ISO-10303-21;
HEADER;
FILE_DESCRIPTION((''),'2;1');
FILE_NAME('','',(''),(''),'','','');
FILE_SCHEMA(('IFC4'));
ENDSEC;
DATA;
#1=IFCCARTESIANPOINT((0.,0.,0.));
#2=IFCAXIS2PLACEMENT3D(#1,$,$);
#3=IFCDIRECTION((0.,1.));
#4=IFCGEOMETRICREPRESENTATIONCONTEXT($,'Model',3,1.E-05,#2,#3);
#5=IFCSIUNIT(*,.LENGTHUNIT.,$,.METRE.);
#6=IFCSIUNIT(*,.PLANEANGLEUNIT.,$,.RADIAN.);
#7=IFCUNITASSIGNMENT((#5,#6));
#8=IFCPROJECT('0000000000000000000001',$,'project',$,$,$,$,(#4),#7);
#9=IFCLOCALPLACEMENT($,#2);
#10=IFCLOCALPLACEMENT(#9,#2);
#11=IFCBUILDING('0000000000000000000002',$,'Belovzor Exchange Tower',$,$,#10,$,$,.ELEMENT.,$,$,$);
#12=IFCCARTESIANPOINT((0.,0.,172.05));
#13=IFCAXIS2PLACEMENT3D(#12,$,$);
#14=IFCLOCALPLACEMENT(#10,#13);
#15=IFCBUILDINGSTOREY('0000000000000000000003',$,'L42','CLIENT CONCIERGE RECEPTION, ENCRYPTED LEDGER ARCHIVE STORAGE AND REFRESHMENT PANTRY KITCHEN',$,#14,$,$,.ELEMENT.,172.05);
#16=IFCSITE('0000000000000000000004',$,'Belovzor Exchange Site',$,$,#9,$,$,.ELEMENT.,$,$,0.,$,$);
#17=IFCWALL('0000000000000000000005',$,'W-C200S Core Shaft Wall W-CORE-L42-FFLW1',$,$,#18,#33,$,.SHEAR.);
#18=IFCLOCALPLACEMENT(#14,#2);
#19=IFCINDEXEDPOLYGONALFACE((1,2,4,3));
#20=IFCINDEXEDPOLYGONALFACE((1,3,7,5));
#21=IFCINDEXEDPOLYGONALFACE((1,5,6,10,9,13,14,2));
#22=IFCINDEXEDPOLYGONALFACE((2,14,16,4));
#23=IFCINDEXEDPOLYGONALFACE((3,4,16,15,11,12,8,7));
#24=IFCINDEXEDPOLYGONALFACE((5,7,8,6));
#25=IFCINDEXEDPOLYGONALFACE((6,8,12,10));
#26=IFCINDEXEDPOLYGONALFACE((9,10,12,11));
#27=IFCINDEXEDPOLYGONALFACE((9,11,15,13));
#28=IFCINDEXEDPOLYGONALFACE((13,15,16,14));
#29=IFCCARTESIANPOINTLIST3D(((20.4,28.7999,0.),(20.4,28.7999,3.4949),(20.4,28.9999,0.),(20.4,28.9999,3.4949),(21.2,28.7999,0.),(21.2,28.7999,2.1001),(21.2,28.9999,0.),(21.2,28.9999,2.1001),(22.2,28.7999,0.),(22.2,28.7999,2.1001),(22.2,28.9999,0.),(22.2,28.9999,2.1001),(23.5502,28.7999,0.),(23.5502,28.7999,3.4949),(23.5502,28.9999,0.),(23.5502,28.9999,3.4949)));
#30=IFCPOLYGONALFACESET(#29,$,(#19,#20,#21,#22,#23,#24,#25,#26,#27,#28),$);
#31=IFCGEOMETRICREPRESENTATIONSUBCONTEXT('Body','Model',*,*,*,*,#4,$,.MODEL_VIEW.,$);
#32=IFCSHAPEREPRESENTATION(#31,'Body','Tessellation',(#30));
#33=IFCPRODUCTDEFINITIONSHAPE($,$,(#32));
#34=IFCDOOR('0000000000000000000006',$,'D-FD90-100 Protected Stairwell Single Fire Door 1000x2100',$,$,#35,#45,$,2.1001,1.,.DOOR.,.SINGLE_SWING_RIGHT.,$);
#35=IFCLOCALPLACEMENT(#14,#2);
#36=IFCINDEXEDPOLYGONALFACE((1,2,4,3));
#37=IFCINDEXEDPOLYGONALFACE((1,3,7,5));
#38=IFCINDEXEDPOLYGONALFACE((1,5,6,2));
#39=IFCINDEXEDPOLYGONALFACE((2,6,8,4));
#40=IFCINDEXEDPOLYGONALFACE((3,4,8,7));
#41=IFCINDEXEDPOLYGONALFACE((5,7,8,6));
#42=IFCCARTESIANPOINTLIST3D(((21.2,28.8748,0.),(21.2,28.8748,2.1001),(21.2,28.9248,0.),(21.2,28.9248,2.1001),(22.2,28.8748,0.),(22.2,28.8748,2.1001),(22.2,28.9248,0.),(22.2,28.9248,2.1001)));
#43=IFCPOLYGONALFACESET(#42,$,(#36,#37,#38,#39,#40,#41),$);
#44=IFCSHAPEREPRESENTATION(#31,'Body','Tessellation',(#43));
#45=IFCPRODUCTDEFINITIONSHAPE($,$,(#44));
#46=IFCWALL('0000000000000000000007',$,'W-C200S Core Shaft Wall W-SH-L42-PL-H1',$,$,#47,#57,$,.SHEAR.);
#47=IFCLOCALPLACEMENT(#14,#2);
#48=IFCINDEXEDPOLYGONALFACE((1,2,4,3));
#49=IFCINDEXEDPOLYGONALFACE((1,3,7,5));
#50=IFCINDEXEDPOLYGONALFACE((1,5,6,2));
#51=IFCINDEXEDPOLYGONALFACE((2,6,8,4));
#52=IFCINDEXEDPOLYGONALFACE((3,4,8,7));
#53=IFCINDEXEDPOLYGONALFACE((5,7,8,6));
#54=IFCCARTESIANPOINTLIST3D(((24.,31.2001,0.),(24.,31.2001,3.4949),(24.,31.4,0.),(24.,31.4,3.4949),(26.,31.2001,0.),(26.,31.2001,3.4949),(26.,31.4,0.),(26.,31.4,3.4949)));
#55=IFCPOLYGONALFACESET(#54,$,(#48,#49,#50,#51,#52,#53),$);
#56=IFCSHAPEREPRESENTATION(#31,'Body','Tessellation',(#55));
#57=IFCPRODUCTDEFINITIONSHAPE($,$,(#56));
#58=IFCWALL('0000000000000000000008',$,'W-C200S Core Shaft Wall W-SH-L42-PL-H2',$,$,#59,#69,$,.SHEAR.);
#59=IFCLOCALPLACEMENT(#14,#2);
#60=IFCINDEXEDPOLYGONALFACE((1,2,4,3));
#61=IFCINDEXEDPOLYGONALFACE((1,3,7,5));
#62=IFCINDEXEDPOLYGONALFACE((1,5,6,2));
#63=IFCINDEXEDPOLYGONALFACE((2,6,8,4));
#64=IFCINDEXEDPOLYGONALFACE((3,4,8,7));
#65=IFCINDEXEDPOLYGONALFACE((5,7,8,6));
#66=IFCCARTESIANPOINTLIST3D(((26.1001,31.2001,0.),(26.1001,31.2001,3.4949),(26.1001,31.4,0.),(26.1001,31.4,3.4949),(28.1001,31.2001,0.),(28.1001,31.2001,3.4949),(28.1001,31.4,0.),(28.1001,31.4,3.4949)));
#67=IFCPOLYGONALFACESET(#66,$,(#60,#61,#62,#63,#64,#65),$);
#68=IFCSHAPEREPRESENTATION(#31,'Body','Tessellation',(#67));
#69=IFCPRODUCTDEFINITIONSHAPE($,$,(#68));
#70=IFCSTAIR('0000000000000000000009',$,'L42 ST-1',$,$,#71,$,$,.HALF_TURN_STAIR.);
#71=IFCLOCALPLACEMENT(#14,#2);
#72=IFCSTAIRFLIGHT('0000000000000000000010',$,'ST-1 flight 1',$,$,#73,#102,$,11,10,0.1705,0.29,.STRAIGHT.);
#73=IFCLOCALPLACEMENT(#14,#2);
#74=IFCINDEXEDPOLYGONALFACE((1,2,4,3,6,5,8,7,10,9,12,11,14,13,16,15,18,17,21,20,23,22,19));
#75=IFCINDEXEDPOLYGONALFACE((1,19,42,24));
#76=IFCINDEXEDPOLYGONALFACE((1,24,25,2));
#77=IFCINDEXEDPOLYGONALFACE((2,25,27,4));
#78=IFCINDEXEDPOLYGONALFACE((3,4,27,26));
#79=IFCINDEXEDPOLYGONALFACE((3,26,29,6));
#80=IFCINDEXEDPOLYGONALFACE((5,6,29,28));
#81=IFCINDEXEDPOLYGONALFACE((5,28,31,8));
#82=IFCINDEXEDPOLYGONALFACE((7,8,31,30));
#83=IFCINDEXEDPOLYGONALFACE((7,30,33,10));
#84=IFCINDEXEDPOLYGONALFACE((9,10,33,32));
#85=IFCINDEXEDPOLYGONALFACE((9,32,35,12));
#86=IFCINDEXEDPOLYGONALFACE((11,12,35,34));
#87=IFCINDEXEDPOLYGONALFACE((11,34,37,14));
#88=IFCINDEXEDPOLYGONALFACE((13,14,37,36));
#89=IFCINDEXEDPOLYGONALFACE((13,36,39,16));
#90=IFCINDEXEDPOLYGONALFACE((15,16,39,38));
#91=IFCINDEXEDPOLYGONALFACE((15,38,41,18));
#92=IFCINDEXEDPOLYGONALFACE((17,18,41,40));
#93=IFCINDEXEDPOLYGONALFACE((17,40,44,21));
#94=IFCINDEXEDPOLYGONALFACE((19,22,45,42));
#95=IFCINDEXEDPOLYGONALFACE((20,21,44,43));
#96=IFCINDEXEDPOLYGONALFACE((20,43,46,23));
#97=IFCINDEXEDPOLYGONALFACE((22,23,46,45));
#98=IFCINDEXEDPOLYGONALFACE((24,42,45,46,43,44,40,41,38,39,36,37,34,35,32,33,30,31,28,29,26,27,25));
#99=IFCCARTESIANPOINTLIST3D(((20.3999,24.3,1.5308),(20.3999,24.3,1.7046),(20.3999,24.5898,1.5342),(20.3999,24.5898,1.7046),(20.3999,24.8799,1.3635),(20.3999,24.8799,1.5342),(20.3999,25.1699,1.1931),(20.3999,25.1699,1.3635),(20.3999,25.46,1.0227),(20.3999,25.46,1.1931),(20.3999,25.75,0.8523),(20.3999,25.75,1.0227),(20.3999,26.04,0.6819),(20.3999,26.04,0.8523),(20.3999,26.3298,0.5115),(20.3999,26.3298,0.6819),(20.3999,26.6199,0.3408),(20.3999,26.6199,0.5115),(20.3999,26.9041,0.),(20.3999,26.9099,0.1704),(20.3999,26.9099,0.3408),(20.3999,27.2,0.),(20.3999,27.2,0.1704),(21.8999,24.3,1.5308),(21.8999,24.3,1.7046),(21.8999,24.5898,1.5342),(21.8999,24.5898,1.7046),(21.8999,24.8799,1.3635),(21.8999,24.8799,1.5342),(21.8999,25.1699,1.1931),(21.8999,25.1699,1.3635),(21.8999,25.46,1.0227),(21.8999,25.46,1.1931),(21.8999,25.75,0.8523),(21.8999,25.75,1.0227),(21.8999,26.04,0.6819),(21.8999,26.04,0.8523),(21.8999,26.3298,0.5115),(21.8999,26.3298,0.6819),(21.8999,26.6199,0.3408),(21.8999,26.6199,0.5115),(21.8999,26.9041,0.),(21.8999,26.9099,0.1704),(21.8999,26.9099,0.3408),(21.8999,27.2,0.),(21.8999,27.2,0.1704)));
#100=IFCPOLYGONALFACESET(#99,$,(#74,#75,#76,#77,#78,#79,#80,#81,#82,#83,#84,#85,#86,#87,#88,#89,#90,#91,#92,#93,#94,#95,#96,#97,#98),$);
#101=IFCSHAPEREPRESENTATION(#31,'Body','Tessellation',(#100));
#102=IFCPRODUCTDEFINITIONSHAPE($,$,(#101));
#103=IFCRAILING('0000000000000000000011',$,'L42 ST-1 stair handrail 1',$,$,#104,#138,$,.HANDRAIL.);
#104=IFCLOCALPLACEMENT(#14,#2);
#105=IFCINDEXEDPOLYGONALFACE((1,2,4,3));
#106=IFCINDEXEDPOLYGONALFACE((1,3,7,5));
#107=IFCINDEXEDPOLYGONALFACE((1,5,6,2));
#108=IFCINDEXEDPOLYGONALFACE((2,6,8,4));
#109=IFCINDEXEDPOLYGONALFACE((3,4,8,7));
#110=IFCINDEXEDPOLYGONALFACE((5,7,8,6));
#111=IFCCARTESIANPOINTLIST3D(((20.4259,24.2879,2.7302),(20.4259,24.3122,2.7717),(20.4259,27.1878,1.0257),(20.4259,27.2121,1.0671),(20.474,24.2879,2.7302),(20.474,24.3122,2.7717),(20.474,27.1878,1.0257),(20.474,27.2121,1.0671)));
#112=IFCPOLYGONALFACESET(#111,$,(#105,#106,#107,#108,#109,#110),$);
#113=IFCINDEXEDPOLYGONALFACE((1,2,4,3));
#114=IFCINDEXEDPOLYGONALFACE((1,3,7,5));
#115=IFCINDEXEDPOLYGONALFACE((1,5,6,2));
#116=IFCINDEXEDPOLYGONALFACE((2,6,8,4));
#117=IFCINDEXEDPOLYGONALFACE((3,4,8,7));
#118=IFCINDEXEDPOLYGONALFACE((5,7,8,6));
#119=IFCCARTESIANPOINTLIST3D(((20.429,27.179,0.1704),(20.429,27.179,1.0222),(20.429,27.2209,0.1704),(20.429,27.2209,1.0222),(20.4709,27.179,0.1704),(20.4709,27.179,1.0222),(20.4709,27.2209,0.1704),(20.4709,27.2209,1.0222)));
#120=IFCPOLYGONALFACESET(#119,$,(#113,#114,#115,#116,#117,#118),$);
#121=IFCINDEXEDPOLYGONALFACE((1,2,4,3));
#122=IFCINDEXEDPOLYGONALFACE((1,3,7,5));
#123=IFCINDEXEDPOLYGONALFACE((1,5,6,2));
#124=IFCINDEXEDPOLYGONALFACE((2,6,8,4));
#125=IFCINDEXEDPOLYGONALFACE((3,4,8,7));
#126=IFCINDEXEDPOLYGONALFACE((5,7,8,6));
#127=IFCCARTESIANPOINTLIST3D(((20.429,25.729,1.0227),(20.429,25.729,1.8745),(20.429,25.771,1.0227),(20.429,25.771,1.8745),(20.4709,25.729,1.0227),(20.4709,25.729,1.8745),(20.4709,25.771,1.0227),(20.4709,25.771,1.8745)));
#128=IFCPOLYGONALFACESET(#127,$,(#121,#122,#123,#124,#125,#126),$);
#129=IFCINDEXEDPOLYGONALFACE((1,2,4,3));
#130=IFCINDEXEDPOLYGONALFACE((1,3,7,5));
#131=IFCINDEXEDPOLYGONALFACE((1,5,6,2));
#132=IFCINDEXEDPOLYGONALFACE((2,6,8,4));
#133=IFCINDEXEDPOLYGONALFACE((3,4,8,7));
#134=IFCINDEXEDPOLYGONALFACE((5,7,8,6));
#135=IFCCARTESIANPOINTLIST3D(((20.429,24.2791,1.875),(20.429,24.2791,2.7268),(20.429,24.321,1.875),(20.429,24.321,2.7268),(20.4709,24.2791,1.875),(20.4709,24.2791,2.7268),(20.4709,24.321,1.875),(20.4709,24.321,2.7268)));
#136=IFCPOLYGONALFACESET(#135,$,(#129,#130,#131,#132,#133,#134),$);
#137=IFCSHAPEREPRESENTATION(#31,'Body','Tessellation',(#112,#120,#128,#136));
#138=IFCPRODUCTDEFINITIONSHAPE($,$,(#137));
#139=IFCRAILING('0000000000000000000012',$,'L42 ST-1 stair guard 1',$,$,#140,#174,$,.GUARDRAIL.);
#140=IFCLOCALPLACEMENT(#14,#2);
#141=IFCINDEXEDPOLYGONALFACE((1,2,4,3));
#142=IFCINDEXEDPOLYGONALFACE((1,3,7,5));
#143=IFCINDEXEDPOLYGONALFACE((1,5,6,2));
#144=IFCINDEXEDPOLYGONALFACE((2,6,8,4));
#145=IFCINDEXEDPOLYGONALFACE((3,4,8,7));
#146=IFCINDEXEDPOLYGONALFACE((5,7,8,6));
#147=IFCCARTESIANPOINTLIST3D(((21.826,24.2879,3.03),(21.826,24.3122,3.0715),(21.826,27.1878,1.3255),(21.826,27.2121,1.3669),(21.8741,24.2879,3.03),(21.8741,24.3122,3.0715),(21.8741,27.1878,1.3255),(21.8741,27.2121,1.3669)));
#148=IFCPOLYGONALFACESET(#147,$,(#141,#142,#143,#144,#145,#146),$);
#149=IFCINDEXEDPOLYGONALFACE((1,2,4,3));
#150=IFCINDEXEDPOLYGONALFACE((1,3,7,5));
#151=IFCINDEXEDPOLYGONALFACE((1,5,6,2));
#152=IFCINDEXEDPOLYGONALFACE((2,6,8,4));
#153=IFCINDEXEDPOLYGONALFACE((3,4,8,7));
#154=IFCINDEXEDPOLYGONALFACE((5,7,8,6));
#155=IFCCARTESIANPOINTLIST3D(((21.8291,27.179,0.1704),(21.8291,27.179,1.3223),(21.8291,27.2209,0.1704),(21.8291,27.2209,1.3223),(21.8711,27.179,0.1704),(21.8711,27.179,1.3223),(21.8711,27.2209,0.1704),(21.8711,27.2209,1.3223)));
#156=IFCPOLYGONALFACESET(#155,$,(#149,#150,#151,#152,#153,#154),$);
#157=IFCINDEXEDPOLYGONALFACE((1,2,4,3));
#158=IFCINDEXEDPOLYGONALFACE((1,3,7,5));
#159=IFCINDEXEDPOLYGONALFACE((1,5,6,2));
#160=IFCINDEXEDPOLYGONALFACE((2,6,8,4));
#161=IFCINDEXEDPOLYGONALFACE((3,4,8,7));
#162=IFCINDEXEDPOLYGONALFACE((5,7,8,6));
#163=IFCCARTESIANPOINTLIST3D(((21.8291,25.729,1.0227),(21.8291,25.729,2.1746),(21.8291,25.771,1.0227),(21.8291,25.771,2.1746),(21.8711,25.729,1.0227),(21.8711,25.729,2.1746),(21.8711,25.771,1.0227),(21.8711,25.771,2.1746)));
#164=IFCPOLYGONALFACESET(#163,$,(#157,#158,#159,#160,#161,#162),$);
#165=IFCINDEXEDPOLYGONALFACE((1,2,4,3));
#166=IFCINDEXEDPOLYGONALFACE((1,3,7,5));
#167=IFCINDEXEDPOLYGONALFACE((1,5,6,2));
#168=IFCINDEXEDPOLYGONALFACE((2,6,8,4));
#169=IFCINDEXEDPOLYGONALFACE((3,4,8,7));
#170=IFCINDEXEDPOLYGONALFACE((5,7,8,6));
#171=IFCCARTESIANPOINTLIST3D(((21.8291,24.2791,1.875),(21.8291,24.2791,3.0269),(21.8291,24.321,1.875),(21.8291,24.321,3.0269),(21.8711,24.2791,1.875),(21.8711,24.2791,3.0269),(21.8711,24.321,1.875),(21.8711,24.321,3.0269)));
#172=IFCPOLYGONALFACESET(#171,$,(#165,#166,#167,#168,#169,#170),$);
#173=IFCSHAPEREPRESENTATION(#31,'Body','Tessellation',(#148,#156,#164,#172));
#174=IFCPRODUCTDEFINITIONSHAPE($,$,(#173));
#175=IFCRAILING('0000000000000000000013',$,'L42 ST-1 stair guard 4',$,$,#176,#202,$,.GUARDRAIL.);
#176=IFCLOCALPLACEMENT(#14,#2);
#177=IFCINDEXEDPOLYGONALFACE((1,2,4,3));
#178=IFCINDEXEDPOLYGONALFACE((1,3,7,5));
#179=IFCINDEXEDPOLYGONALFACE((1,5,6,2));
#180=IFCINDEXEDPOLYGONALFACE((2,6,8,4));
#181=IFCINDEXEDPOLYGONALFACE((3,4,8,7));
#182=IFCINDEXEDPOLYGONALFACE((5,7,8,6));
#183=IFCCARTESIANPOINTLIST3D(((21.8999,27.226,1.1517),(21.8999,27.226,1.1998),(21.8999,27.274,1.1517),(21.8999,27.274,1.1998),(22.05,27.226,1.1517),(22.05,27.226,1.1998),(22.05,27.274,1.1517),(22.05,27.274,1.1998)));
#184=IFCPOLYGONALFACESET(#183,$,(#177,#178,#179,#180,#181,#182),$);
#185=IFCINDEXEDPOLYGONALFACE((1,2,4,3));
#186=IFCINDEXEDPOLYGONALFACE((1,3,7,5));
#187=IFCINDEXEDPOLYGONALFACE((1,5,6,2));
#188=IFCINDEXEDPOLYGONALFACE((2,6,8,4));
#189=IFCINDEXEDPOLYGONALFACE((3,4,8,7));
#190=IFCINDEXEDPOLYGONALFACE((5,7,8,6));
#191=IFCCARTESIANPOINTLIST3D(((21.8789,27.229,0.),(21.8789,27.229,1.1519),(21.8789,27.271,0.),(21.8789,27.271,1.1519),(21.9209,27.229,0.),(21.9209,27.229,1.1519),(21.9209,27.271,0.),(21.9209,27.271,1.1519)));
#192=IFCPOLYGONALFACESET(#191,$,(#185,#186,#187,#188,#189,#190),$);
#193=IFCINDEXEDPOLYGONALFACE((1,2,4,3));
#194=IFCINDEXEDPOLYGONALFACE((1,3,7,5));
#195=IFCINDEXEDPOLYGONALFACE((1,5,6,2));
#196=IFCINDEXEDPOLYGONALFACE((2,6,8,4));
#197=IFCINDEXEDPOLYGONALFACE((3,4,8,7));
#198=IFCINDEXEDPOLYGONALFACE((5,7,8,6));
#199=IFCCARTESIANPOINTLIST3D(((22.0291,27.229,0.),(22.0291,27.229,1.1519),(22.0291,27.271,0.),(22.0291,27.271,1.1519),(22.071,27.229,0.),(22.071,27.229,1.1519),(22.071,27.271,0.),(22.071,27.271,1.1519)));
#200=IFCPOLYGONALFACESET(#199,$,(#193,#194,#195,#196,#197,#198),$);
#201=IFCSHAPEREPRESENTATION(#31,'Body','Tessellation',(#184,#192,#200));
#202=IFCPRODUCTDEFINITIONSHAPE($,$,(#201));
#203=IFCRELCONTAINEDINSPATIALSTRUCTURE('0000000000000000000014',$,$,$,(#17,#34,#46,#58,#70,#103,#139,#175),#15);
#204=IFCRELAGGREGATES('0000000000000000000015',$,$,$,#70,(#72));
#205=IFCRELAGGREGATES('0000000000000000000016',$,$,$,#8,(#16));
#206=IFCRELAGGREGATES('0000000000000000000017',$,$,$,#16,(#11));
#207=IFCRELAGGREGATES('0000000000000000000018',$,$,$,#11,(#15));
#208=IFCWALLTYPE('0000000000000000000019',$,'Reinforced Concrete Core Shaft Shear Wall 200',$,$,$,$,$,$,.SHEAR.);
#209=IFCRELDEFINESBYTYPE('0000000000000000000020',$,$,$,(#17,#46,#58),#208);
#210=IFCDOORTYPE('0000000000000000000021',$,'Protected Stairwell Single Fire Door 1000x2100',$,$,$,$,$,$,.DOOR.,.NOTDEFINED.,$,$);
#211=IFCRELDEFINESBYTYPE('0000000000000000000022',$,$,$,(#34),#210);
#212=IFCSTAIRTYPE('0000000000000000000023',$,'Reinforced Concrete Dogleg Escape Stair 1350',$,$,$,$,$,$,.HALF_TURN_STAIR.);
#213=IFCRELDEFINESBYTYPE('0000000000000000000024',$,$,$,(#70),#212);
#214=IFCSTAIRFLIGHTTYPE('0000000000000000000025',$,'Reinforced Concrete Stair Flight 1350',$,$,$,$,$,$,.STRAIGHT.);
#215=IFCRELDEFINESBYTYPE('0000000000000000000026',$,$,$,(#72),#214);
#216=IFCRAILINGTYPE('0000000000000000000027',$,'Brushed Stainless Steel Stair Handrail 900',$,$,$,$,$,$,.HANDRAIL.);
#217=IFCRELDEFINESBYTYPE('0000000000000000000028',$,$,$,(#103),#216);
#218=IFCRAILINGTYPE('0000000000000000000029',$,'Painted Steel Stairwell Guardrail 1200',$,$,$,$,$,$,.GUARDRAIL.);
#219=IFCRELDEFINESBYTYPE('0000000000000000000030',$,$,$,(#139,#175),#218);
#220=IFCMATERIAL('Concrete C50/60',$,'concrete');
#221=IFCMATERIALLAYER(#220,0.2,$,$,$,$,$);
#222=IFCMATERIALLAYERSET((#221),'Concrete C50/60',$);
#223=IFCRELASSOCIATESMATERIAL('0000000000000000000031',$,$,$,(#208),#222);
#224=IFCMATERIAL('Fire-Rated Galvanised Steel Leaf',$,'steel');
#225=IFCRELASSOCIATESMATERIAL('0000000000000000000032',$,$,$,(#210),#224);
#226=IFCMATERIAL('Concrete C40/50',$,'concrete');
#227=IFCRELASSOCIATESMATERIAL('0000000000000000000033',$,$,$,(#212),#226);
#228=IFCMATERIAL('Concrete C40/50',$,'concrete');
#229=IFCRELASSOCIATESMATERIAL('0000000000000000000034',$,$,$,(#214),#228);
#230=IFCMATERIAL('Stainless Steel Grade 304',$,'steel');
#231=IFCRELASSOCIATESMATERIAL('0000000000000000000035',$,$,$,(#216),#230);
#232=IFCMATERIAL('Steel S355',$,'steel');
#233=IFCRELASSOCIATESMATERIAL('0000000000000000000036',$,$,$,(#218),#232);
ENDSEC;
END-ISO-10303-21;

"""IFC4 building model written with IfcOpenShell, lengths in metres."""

from ifc_helpers import new_model, si_unit, direction, frame, frame_2d, origin, origin_2d, place, context, subcontext, project, spatial, polyline, rectangle, outline, extrude, material, layer, layer_set, type_object, element, fill, aggregate, save


model = new_model("IFC4")

# Units and contexts
model_context = context("Model", 3, precision=1e-05, world=origin(), true_north=direction((0.0, 1.0)))
body_context = subcontext(model_context, "Body", "Model", "MODEL_VIEW")
ifc_project = project(units=[si_unit("LENGTHUNIT", "METRE"), si_unit("PLANEANGLEUNIT", "RADIAN")], contexts=[model_context])

# Site, building, storey
site_placement = place(None, origin())
site = spatial("IfcSite", under=ifc_project, at=site_placement, Name="Belovzor Exchange Site", CompositionType="ELEMENT", RefElevation=0.0)
building_placement = place(site_placement, origin())
building = spatial("IfcBuilding", under=site, at=building_placement, Name="Belovzor Exchange Tower", CompositionType="ELEMENT")
storey_placement = place(building_placement, frame((0.0, 0.0, 172.05)))
storey = spatial("IfcBuildingStorey", under=building, at=storey_placement, Name="L42", Description="CLIENT CONCIERGE RECEPTION, ENCRYPTED LEDGER ARCHIVE STORAGE AND REFRESHMENT PANTRY KITCHEN", CompositionType="ELEMENT", Elevation=172.05)

# Wall, opening, door
ifc_material_1 = material(Name="Concrete C50/60", Category="concrete")
ifc_layer_1 = layer(ifc_material_1, 0.2)
ifc_layer_set_1 = layer_set([ifc_layer_1], Name="Concrete C50/60")
wall_type_1 = type_object("IfcWallType", Name="Reinforced Concrete Core Shaft Shear Wall 200", PredefinedType="SHEAR", material=ifc_layer_set_1)
wall_1_placement = place(storey_placement, frame((20.3999, 28.8999, 0.0), z_axis=(0.0, 0.0, 1.0), x_axis=(1.0, 0.0, 0.0)))
wall_1 = element("IfcWall", 1, at=wall_1_placement, inside=storey, type_object=wall_type_1, Name="W-C200S Core Shaft Wall W-CORE-L42-FFLW1", PredefinedType="SHEAR", context=body_context, shape_type="SweptSolid", body=[
    extrude(rectangle(XDim=3.1501, YDim=0.2, at=frame_2d((1.5752, 0.0))), origin(), (0.0, 0.0, 1.0), 3.4949),
])
opening_1_placement = place(wall_1_placement, frame((0.8, 0.0, 0.0)))
opening_1 = element("IfcOpeningElement", 2, at=opening_1_placement, cuts=wall_1, PredefinedType="OPENING", context=body_context, shape_type="SweptSolid", body=[
    extrude(rectangle(XDim=1.0, YDim=2.1001, at=frame_2d((0.5, 1.05))), frame((0.0, 0.1099, 0.0), z_axis=(0.0, -1.0, 0.0), x_axis=(1.0, 0.0, 0.0)), (0.0, 0.0, 1.0), 0.22),
])
ifc_material_2 = material(Name="Fire-Rated Galvanised Steel Leaf", Category="steel")
door_type_1 = type_object("IfcDoorType", Name="Protected Stairwell Single Fire Door 1000x2100", OperationType="NOTDEFINED", PredefinedType="DOOR", material=ifc_material_2)
door_1_placement = place(opening_1_placement, origin())
door_1 = element("IfcDoor", 3, at=door_1_placement, inside=storey, type_object=door_type_1, Name="D-FD90-100 Protected Stairwell Single Fire Door 1000x2100", OperationType="SINGLE_SWING_RIGHT", OverallHeight=2.1001, OverallWidth=1.0, PredefinedType="DOOR", context=body_context, shape_type="SweptSolid", body=[
    extrude(rectangle(XDim=1.0, YDim=2.1001, at=frame_2d((0.5, 1.05))), frame((0.0, 0.0249, 0.0), z_axis=(0.0, -1.0, 0.0), x_axis=(1.0, 0.0, 0.0)), (0.0, 0.0, 1.0), 0.05),
])
fill(opening_1, door_1)

# Walls
for number, where, z_axis, x_axis, name in (
    (4, (24.0, 31.3, 0.0), (0.0, 0.0, 1.0), (1.0, 0.0, 0.0), "W-C200S Core Shaft Wall W-SH-L42-PL-H1"),
    (5, (26.1001, 31.3, 0.0), (0.0, 0.0, 1.0), (1.0, 0.0, 0.0), "W-C200S Core Shaft Wall W-SH-L42-PL-H2"),
):
    element("IfcWall", number, at=place(storey_placement, frame(where, z_axis=z_axis, x_axis=x_axis)), inside=storey, type_object=wall_type_1, Name=name, PredefinedType="SHEAR", context=body_context, shape_type="SweptSolid", body=[
        extrude(rectangle(XDim=2.0, YDim=0.2, at=frame_2d((1.0, 0.0))), origin(), (0.0, 0.0, 1.0), 3.4949),
    ])

# Stair, stair flight
ifc_material_3 = material(Name="Concrete C40/50", Category="concrete")
stair_type = type_object("IfcStairType", Name="Reinforced Concrete Dogleg Escape Stair 1350", PredefinedType="HALF_TURN_STAIR", material=ifc_material_3)
stair_placement = place(storey_placement, origin())
stair = element("IfcStair", 6, at=stair_placement, inside=storey, type_object=stair_type, Name="L42 ST-1", PredefinedType="HALF_TURN_STAIR")
ifc_material_4 = material(Name="Concrete C40/50", Category="concrete")
stair_flight_type = type_object("IfcStairFlightType", Name="Reinforced Concrete Stair Flight 1350", PredefinedType="STRAIGHT", material=ifc_material_4)
stair_flight_placement = place(storey_placement, frame((21.1499, 27.2, 0.0), z_axis=(0.0, 0.0, 1.0), x_axis=(0.0, -1.0, 0.0)))
stair_flight = element("IfcStairFlight", 7, at=stair_flight_placement, type_object=stair_flight_type, Name="ST-1 flight 1", NumberOfRisers=11, NumberOfTreads=10, PredefinedType="STRAIGHT", RiserHeight=0.1705, TreadLength=0.29, context=body_context, shape_type="SweptSolid", body=[
    extrude(outline(polyline([(0.0, 0.0), (0.0, 0.1704), (0.29, 0.1704), (0.29, 0.3408), (0.5801, 0.3408), (0.5801, 0.5115), (0.8701, 0.5115), (0.8701, 0.6819), (1.1599, 0.6819), (1.1599, 0.8523), (1.45, 0.8523), (1.45, 1.0227), (1.74, 1.0227), (1.74, 1.1931), (2.03, 1.1931), (2.03, 1.3635), (2.3201, 1.3635), (2.3201, 1.5342), (2.6101, 1.5342), (2.6101, 1.7046), (2.8999, 1.7046), (2.8999, 1.875), (2.8999, 1.5308), (0.2959, 0.0), (0.0, 0.0)])), frame((0.0, 0.75, 0.0), z_axis=(0.0, -1.0, 0.0), x_axis=(1.0, 0.0, 0.0)), (0.0, 0.0, 1.0), 1.5),
])
aggregate(stair, [stair_flight])

# Railings
ifc_material_5 = material(Name="Stainless Steel Grade 304", Category="steel")
railing_type_1 = type_object("IfcRailingType", Name="Brushed Stainless Steel Stair Handrail 900", PredefinedType="HANDRAIL", material=ifc_material_5)
railing_1_placement = place(storey_placement, frame((20.45, 27.2, 0.1704)))
element("IfcRailing", 8, at=railing_1_placement, inside=storey, type_object=railing_type_1, Name="L42 ST-1 stair handrail 1", PredefinedType="HANDRAIL", context=body_context, shape_type="SweptSolid", body=[
    extrude(rectangle(XDim=0.0481, YDim=0.0481, at=origin_2d()), frame((0.0, 0.0, 0.876), z_axis=(0.0, -0.862095, 0.506747), x_axis=(1.0, 0.0, 0.0)), (0.0, 0.0, 1.0), 3.3638),
    extrude(rectangle(XDim=0.042, YDim=0.042, at=origin_2d()), origin(), (0.0, 0.0, 1.0), 0.8518),
    extrude(rectangle(XDim=0.042, YDim=0.042, at=origin_2d()), frame((0.0, -1.45, 0.8523)), (0.0, 0.0, 1.0), 0.8518),
    extrude(rectangle(XDim=0.042, YDim=0.042, at=origin_2d()), frame((0.0, -2.8999, 1.7046)), (0.0, 0.0, 1.0), 0.8518),
])
ifc_material_6 = material(Name="Steel S355", Category="steel")
railing_type_2 = type_object("IfcRailingType", Name="Painted Steel Stairwell Guardrail 1200", PredefinedType="GUARDRAIL", material=ifc_material_6)
railing_2_placement = place(storey_placement, frame((21.8501, 27.2, 0.1704)))
element("IfcRailing", 9, at=railing_2_placement, inside=storey, type_object=railing_type_2, Name="L42 ST-1 stair guard 1", PredefinedType="GUARDRAIL", context=body_context, shape_type="SweptSolid", body=[
    extrude(rectangle(XDim=0.0481, YDim=0.0481, at=origin_2d()), frame((0.0, 0.0, 1.1758), z_axis=(0.0, -0.862095, 0.506747), x_axis=(1.0, 0.0, 0.0)), (0.0, 0.0, 1.0), 3.3638),
    extrude(rectangle(XDim=0.042, YDim=0.042, at=origin_2d()), origin(), (0.0, 0.0, 1.0), 1.1519),
    extrude(rectangle(XDim=0.042, YDim=0.042, at=origin_2d()), frame((0.0, -1.45, 0.8523)), (0.0, 0.0, 1.0), 1.1519),
    extrude(rectangle(XDim=0.042, YDim=0.042, at=origin_2d()), frame((0.0, -2.8999, 1.7046)), (0.0, 0.0, 1.0), 1.1519),
])
railing_3_placement = place(storey_placement, frame((21.8999, 27.25, 0.0)))
element("IfcRailing", 10, at=railing_3_placement, inside=storey, type_object=railing_type_2, Name="L42 ST-1 stair guard 4", PredefinedType="GUARDRAIL", context=body_context, shape_type="SweptSolid", body=[
    extrude(rectangle(XDim=0.0481, YDim=0.0481, at=origin_2d()), frame((0.0, 0.0, 1.1758), z_axis=(1.0, 0.0, 0.0), x_axis=(0.0, 1.0, 0.0)), (0.0, 0.0, 1.0), 0.1501),
    extrude(rectangle(XDim=0.042, YDim=0.042, at=origin_2d()), origin(), (0.0, 0.0, 1.0), 1.1519),
    extrude(rectangle(XDim=0.042, YDim=0.042, at=origin_2d()), frame((0.1501, 0.0, 0.0)), (0.0, 0.0, 1.0), 1.1519),
])

save(model, "model.ifc")
